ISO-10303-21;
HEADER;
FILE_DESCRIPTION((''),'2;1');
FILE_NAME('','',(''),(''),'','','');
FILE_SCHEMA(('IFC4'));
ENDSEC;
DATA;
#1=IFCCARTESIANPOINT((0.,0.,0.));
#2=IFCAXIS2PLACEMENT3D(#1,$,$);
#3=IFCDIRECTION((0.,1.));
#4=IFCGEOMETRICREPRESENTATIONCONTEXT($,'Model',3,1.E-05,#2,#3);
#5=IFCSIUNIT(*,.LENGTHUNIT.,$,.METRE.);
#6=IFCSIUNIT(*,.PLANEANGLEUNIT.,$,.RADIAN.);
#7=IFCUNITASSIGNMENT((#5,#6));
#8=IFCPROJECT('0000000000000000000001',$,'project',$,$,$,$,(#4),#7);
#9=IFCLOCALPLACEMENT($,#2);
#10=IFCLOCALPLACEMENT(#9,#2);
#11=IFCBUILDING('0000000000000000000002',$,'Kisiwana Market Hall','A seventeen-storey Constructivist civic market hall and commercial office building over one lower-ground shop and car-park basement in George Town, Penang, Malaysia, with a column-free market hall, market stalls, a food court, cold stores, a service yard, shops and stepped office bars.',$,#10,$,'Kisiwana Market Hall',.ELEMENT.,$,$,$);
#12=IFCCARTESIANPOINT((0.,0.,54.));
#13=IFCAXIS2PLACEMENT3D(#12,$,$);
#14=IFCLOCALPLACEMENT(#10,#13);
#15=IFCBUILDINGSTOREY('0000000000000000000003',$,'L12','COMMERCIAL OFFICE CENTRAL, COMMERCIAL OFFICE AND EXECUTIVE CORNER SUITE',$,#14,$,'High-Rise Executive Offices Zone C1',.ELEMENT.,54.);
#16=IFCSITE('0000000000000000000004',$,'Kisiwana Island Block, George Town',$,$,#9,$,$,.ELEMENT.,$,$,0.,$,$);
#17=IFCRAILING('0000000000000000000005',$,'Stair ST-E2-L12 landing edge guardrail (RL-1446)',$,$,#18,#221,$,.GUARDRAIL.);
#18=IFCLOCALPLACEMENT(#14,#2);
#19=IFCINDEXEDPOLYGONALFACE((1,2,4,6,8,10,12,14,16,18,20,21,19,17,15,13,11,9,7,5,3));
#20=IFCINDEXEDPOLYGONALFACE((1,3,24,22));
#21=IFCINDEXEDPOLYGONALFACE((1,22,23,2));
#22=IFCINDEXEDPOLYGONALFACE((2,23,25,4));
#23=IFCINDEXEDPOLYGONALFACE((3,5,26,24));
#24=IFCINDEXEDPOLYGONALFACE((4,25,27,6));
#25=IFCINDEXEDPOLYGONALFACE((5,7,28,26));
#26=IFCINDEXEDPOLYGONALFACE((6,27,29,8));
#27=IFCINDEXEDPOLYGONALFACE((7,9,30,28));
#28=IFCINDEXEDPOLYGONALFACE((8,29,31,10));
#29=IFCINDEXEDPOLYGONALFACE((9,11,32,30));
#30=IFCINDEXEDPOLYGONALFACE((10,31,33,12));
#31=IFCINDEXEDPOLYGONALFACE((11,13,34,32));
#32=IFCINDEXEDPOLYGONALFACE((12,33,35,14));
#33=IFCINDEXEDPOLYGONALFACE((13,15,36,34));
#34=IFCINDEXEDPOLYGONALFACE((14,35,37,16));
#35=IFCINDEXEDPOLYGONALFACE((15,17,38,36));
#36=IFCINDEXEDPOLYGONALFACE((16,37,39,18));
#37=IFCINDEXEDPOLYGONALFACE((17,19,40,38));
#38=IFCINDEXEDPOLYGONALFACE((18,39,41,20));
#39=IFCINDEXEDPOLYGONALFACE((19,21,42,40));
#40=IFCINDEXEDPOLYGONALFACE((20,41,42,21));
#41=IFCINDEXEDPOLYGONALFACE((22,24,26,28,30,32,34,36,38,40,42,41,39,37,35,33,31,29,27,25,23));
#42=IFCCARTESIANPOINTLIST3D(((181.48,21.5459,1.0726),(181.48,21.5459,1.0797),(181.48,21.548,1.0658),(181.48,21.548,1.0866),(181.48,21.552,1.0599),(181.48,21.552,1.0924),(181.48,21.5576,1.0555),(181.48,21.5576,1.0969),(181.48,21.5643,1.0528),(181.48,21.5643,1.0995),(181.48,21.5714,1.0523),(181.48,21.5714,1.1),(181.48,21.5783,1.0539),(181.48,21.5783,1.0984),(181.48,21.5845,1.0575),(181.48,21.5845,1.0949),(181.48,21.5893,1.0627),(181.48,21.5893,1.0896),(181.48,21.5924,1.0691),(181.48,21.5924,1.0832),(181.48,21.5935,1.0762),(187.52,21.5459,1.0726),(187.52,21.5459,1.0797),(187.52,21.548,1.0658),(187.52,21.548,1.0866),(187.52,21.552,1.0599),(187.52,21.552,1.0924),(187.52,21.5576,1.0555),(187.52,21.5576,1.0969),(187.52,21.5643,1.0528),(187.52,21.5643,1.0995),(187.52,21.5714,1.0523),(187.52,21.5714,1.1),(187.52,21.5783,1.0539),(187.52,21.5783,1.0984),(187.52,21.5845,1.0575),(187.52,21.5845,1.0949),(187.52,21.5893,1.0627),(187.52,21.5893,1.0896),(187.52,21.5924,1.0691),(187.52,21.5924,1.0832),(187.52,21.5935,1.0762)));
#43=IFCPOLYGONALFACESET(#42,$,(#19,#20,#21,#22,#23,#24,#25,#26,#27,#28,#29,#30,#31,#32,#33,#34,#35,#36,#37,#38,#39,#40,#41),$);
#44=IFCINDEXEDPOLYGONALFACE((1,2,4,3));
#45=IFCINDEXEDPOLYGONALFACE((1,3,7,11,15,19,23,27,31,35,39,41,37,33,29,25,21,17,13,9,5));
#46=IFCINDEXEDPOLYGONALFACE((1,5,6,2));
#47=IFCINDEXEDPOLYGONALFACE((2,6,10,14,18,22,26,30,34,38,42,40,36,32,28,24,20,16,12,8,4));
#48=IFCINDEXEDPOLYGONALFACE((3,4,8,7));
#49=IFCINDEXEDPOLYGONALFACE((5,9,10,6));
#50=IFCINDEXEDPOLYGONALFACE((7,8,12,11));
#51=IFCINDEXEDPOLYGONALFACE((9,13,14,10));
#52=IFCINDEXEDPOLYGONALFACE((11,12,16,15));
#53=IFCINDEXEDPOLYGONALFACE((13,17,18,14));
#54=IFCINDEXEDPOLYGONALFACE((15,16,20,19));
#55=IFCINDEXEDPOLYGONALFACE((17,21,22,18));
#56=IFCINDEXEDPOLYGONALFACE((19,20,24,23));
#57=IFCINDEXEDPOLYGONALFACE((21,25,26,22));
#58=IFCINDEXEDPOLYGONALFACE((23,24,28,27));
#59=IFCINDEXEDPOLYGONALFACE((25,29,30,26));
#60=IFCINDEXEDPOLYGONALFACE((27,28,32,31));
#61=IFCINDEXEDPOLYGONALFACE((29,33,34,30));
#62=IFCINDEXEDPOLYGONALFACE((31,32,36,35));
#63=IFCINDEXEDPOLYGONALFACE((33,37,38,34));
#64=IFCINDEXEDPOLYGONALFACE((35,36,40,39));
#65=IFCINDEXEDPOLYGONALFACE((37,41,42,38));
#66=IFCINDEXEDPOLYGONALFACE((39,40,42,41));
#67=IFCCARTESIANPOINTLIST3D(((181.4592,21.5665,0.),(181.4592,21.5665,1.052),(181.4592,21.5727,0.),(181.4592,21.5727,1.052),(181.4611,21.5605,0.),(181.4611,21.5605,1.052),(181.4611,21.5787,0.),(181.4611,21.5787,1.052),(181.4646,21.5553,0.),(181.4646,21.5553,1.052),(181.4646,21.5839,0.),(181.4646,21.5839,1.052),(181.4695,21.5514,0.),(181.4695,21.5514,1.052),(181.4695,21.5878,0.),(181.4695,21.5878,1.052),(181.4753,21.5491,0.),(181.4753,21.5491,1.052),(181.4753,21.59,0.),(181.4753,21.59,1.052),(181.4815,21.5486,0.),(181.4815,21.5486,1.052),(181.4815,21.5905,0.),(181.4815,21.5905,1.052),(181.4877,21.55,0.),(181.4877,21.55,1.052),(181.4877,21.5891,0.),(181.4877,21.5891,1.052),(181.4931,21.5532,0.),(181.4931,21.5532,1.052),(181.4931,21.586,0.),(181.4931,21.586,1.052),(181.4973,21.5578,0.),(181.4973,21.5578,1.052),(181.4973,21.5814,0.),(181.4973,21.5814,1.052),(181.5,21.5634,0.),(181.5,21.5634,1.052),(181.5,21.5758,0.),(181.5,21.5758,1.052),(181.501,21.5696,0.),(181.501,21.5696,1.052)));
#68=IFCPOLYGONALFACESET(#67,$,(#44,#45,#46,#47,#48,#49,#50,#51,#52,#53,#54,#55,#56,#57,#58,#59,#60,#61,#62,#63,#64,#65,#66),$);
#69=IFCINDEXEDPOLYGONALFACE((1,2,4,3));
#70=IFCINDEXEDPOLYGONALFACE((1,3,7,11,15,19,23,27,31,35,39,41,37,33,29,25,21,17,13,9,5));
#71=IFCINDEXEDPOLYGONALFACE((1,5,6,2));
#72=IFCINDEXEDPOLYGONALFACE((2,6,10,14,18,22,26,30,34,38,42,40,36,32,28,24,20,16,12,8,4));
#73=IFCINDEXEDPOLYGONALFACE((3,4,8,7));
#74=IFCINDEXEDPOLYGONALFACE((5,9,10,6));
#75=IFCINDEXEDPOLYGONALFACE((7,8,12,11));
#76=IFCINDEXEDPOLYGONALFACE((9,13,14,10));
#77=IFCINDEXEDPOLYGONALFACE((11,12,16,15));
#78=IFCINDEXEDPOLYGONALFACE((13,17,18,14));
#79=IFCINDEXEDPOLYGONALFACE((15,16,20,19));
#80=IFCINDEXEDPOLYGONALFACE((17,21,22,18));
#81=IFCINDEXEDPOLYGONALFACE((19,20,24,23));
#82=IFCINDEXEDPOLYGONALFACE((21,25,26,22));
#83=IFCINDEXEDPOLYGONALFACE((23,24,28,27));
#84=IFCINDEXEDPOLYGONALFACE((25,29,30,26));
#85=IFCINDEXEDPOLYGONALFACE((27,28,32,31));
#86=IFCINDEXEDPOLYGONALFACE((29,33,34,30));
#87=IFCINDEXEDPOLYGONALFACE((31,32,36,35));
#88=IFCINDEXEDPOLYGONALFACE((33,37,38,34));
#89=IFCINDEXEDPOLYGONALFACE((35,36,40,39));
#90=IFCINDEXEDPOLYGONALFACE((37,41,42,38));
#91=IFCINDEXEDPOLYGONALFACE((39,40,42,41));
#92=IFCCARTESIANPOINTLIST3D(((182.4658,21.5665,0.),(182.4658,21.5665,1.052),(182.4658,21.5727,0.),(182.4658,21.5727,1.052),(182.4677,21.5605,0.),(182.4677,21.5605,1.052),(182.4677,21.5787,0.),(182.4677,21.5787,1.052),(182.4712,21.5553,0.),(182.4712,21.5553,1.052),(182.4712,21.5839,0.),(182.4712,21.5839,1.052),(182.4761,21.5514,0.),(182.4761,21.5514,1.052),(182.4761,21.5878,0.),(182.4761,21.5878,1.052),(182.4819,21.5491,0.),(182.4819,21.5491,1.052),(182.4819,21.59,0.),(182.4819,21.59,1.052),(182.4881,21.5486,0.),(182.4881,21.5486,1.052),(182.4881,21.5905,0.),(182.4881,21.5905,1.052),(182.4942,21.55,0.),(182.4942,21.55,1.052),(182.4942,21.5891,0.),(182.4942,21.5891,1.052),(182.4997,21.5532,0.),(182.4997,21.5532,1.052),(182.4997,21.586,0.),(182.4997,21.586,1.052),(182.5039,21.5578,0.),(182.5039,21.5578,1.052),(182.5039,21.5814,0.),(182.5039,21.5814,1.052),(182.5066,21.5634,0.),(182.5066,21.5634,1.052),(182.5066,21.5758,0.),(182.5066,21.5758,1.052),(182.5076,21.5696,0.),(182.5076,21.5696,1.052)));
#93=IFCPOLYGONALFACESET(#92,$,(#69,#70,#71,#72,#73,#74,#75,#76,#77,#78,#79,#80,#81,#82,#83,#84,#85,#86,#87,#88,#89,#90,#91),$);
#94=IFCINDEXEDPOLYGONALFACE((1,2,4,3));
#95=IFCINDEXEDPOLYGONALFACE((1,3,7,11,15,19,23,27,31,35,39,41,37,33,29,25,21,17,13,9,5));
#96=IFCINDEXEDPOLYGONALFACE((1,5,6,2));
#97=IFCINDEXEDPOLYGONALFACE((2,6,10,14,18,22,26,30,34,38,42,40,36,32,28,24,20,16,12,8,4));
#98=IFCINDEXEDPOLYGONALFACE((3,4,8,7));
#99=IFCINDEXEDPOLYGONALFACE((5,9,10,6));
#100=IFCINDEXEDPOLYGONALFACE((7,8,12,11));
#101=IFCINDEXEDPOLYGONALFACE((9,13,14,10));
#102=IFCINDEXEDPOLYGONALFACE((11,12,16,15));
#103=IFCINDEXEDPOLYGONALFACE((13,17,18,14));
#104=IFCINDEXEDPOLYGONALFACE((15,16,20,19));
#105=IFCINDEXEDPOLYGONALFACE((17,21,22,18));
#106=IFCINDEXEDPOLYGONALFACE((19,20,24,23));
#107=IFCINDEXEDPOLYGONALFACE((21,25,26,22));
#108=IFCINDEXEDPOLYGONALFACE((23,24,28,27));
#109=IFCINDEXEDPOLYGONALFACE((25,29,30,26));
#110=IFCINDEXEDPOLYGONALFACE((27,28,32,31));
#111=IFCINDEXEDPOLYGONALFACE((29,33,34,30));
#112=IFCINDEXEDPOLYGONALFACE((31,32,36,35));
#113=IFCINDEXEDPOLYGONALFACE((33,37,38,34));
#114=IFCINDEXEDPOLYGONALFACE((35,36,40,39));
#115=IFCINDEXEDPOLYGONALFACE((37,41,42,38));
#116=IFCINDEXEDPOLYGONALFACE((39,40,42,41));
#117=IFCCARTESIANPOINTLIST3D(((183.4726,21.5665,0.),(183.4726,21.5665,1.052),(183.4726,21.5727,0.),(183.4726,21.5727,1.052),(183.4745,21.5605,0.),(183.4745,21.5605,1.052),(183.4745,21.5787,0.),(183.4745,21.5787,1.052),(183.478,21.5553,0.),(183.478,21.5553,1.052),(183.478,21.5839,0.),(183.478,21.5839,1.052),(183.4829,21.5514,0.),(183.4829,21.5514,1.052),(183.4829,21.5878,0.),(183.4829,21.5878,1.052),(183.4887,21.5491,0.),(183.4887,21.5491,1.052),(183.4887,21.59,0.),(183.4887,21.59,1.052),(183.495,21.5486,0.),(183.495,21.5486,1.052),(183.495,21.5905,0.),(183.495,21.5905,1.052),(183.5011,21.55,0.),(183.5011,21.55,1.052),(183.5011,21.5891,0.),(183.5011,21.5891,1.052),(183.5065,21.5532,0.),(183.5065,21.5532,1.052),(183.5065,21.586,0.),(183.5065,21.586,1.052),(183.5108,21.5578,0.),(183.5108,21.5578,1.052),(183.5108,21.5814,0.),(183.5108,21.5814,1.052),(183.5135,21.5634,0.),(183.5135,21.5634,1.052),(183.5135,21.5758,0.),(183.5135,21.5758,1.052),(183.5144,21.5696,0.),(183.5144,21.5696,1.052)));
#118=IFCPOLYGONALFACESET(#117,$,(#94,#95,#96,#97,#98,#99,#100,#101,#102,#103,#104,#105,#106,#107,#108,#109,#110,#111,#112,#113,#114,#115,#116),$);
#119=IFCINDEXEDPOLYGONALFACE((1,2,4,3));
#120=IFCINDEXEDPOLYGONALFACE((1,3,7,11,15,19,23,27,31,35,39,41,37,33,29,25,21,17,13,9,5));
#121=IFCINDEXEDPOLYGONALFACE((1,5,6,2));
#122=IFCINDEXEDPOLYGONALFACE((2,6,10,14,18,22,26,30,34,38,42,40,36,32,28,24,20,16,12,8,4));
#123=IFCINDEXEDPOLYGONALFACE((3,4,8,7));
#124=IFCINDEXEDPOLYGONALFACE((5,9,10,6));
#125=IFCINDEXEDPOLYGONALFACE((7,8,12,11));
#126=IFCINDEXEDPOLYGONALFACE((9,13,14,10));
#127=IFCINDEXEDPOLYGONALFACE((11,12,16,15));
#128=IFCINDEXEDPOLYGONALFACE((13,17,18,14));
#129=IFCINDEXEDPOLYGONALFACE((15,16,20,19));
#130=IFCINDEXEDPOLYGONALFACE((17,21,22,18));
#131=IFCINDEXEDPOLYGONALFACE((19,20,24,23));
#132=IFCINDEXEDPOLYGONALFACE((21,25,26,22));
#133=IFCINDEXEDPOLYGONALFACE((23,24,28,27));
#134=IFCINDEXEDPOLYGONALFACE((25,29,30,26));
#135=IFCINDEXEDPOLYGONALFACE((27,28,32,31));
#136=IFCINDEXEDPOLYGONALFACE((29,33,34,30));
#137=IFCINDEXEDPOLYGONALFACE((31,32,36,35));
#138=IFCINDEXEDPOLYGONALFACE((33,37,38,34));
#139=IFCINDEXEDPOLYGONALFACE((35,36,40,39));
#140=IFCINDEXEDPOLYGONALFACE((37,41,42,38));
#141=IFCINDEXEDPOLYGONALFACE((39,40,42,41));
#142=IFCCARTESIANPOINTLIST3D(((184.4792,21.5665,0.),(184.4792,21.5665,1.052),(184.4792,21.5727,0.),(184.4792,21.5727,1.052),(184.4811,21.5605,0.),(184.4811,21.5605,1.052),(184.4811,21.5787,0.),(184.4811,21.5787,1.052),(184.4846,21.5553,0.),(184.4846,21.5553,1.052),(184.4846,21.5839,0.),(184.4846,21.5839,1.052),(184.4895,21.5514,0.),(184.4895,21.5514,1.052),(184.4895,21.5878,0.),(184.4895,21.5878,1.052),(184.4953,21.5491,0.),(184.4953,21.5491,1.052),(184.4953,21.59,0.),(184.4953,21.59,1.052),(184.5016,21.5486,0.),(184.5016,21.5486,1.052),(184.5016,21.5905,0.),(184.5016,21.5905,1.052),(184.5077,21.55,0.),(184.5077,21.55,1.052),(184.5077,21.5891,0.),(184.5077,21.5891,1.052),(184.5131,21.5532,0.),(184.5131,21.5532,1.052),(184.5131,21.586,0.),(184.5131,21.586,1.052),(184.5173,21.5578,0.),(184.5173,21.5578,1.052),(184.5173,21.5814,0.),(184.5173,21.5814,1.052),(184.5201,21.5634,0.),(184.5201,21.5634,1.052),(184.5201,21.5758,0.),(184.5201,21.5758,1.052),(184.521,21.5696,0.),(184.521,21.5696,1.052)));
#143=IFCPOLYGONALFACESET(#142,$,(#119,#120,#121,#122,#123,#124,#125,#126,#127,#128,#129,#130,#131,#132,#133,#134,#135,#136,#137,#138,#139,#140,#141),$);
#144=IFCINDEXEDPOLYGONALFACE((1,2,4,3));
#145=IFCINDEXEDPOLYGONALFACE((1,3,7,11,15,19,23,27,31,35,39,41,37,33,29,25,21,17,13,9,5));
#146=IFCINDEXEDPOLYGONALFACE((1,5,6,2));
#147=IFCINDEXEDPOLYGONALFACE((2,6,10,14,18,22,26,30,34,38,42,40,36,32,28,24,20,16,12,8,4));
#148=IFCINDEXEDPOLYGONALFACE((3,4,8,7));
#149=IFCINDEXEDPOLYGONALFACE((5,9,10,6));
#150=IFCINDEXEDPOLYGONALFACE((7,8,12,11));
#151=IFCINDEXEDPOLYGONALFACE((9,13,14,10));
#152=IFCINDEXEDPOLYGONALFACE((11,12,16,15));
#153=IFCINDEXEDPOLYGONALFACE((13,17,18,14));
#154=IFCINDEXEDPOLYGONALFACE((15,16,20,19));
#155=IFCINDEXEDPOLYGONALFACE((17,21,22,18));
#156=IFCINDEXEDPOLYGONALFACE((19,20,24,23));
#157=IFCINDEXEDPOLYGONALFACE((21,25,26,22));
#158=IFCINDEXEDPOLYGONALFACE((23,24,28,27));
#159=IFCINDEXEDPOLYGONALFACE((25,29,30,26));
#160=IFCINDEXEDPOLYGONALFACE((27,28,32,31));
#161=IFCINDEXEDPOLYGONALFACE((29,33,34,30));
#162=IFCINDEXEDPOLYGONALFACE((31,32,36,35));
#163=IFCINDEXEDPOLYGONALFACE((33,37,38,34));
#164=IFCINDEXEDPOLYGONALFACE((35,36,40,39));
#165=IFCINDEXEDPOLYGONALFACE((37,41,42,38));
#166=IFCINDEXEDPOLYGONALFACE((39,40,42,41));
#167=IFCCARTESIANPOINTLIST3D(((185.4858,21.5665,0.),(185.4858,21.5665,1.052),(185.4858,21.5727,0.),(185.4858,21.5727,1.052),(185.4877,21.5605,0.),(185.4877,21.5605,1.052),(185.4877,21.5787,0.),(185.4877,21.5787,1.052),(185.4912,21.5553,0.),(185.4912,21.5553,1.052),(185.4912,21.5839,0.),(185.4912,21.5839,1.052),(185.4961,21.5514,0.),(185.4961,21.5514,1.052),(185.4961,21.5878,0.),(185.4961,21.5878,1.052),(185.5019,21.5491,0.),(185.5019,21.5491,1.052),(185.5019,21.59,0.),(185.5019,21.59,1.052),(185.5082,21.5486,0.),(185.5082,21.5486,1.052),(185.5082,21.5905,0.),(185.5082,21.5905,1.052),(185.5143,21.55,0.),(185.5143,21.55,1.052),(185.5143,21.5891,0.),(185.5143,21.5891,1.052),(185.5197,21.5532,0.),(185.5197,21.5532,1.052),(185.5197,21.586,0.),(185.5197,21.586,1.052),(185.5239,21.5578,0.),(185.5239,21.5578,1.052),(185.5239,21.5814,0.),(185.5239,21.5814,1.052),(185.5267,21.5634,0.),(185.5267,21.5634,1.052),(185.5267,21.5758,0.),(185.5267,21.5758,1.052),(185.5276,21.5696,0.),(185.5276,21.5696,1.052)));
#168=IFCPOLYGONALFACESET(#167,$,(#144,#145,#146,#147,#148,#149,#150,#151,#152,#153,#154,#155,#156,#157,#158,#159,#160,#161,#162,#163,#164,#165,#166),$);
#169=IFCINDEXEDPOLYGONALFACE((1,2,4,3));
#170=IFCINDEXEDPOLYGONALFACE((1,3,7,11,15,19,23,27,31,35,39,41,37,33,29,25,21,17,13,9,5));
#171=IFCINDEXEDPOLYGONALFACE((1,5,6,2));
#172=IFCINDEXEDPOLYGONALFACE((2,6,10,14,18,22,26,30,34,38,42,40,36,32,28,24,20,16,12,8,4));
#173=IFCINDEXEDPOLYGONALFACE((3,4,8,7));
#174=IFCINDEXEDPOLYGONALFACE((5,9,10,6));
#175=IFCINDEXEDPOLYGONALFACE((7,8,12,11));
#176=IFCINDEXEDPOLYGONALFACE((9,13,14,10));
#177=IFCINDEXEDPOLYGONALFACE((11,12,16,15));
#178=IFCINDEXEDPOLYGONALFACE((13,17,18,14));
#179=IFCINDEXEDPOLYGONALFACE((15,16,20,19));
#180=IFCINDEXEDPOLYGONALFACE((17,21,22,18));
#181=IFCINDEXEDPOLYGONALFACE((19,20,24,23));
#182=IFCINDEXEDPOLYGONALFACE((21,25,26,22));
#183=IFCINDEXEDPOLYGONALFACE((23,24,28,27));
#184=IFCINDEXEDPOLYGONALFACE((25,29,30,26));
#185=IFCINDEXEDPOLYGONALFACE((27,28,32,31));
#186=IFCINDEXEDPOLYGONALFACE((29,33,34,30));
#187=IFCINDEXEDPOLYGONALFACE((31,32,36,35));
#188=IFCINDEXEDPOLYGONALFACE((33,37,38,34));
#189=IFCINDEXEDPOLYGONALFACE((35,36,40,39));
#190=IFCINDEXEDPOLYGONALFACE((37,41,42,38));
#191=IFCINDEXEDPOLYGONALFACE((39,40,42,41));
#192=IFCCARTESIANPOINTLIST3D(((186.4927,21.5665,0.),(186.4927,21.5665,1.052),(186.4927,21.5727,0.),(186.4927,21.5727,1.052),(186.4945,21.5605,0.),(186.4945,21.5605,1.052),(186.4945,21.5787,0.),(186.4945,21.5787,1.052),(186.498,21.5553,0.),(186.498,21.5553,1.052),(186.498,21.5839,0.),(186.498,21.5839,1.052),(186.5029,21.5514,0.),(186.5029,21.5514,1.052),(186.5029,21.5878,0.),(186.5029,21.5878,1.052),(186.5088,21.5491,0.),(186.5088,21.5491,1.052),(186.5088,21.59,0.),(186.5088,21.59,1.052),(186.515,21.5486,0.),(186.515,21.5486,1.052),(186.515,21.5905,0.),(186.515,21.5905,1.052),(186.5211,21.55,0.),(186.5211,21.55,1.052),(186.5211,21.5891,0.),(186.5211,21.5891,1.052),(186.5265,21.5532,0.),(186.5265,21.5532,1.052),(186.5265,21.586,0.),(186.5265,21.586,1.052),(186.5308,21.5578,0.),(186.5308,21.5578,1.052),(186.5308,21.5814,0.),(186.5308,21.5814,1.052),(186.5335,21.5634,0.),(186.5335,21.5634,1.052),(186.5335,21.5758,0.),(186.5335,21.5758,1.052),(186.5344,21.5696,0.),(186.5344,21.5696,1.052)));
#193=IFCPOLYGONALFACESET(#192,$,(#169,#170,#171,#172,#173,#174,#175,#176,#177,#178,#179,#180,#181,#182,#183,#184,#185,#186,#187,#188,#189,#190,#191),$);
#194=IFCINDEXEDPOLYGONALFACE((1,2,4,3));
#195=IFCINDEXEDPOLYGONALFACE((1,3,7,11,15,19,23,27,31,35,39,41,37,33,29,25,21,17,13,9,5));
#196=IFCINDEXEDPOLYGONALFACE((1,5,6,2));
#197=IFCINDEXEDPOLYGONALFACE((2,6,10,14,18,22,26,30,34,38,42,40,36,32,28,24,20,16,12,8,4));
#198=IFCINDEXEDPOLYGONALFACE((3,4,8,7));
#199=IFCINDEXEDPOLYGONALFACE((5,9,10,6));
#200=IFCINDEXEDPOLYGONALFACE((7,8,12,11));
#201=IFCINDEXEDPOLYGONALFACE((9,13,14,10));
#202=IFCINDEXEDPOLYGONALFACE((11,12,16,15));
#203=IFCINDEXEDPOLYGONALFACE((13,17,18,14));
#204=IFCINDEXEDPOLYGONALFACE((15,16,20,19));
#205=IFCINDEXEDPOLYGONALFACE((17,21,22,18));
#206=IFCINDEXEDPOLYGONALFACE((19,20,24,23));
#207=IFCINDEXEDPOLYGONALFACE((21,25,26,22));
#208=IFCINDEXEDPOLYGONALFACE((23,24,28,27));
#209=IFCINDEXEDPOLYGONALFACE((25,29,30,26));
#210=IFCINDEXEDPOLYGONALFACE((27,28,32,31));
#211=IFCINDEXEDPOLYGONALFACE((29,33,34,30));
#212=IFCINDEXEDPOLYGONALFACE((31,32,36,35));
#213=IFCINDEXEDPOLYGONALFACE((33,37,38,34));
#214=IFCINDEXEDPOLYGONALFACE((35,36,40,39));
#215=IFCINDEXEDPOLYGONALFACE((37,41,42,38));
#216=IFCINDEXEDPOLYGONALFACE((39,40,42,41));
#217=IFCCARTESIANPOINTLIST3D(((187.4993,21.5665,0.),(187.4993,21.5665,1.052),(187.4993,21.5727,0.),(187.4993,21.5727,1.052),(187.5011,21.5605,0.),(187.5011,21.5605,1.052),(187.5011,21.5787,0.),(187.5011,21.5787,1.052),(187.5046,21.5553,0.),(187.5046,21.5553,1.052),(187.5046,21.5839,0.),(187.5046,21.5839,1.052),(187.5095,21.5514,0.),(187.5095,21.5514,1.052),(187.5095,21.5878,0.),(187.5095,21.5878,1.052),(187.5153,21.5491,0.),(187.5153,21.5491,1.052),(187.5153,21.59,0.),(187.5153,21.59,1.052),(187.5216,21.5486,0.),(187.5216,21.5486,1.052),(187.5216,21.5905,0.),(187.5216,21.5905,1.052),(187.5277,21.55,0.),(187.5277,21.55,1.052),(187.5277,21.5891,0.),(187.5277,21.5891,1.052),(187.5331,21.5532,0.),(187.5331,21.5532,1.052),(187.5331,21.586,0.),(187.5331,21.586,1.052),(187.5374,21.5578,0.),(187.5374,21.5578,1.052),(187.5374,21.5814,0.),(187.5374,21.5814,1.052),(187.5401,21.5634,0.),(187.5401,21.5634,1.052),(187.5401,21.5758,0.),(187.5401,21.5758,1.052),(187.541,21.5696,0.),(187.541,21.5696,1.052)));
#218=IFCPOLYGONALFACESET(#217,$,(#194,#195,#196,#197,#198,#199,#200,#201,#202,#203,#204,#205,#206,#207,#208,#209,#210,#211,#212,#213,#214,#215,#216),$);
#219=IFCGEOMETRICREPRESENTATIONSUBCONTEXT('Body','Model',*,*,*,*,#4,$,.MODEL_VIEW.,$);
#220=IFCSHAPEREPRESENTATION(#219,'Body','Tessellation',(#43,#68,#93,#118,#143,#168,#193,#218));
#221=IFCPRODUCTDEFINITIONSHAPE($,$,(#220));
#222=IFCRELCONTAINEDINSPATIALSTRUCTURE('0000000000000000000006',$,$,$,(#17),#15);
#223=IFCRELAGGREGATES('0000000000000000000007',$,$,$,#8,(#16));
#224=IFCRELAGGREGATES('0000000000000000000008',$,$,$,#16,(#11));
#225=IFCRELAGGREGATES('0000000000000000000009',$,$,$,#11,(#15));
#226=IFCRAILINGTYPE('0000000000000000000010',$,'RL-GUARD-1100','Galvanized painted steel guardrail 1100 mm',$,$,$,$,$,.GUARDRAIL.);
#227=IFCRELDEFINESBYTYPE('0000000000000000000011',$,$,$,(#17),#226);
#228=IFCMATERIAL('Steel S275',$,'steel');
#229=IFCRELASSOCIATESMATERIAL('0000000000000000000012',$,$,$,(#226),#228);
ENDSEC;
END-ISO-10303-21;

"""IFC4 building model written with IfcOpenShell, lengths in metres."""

from ifc_helpers import new_model, si_unit, direction, frame, origin, origin_2d, place, context, subcontext, project, spatial, circle, extrude, material, type_object, element, save


model = new_model("IFC4")

# Units and contexts
model_context = context("Model", 3, precision=1e-05, world=origin(), true_north=direction((0.0, 1.0)))
body_context = subcontext(model_context, "Body", "Model", "MODEL_VIEW")
ifc_project = project(units=[si_unit("LENGTHUNIT", "METRE"), si_unit("PLANEANGLEUNIT", "RADIAN")], contexts=[model_context])

# Site, building, storey
site_placement = place(None, origin())
site = spatial("IfcSite", under=ifc_project, at=site_placement, Name="Kisiwana Island Block, George Town", CompositionType="ELEMENT", RefElevation=0.0)
building_placement = place(site_placement, origin())
building = spatial("IfcBuilding", under=site, at=building_placement, Name="Kisiwana Market Hall", Description="A seventeen-storey Constructivist civic market hall and commercial office building over one lower-ground shop and car-park basement in George Town, Penang, Malaysia, with a column-free market hall, market stalls, a food court, cold stores, a service yard, shops and stepped office bars.", LongName="Kisiwana Market Hall", CompositionType="ELEMENT")
storey_placement = place(building_placement, frame((0.0, 0.0, 54.0)))
storey = spatial("IfcBuildingStorey", under=building, at=storey_placement, Name="L12", Description="COMMERCIAL OFFICE CENTRAL, COMMERCIAL OFFICE AND EXECUTIVE CORNER SUITE", LongName="High-Rise Executive Offices Zone C1", CompositionType="ELEMENT", Elevation=54.0)

# Railing
ifc_material_1 = material(Name="Steel S275", Category="steel")
railing_type_1 = type_object("IfcRailingType", Name="RL-GUARD-1100", Description="Galvanized painted steel guardrail 1100 mm", PredefinedType="GUARDRAIL", material=ifc_material_1)
railing_1_placement = place(storey_placement, frame((181.48, 21.5696, 0.0)))
element("IfcRailing", 1, at=railing_1_placement, inside=storey, type_object=railing_type_1, Name="Stair ST-E2-L12 landing edge guardrail (RL-1446)", PredefinedType="GUARDRAIL", context=body_context, shape_type="SweptSolid", body=[
    extrude(circle(Radius=0.0239, at=origin_2d()), frame((0.0, 0.0, 1.0762), z_axis=(1.0, 0.0, 0.0), x_axis=(0.0, 1.0, 0.0)), (0.0, 0.0, 1.0), 6.04),
    extrude(circle(Radius=0.021, at=origin_2d()), origin(), (0.0, 0.0, 1.0), 1.052),
    extrude(circle(Radius=0.021, at=origin_2d()), frame((1.0066, 0.0, 0.0)), (0.0, 0.0, 1.0), 1.052),
    extrude(circle(Radius=0.021, at=origin_2d()), frame((2.0134, 0.0, 0.0)), (0.0, 0.0, 1.0), 1.052),
    extrude(circle(Radius=0.021, at=origin_2d()), frame((3.02, 0.0, 0.0)), (0.0, 0.0, 1.0), 1.052),
    extrude(circle(Radius=0.021, at=origin_2d()), frame((4.0266, 0.0, 0.0)), (0.0, 0.0, 1.0), 1.052),
    extrude(circle(Radius=0.021, at=origin_2d()), frame((5.0334, 0.0, 0.0)), (0.0, 0.0, 1.0), 1.052),
    extrude(circle(Radius=0.021, at=origin_2d()), frame((6.04, 0.0, 0.0)), (0.0, 0.0, 1.0), 1.052),
])

save(model, "model.ifc")
